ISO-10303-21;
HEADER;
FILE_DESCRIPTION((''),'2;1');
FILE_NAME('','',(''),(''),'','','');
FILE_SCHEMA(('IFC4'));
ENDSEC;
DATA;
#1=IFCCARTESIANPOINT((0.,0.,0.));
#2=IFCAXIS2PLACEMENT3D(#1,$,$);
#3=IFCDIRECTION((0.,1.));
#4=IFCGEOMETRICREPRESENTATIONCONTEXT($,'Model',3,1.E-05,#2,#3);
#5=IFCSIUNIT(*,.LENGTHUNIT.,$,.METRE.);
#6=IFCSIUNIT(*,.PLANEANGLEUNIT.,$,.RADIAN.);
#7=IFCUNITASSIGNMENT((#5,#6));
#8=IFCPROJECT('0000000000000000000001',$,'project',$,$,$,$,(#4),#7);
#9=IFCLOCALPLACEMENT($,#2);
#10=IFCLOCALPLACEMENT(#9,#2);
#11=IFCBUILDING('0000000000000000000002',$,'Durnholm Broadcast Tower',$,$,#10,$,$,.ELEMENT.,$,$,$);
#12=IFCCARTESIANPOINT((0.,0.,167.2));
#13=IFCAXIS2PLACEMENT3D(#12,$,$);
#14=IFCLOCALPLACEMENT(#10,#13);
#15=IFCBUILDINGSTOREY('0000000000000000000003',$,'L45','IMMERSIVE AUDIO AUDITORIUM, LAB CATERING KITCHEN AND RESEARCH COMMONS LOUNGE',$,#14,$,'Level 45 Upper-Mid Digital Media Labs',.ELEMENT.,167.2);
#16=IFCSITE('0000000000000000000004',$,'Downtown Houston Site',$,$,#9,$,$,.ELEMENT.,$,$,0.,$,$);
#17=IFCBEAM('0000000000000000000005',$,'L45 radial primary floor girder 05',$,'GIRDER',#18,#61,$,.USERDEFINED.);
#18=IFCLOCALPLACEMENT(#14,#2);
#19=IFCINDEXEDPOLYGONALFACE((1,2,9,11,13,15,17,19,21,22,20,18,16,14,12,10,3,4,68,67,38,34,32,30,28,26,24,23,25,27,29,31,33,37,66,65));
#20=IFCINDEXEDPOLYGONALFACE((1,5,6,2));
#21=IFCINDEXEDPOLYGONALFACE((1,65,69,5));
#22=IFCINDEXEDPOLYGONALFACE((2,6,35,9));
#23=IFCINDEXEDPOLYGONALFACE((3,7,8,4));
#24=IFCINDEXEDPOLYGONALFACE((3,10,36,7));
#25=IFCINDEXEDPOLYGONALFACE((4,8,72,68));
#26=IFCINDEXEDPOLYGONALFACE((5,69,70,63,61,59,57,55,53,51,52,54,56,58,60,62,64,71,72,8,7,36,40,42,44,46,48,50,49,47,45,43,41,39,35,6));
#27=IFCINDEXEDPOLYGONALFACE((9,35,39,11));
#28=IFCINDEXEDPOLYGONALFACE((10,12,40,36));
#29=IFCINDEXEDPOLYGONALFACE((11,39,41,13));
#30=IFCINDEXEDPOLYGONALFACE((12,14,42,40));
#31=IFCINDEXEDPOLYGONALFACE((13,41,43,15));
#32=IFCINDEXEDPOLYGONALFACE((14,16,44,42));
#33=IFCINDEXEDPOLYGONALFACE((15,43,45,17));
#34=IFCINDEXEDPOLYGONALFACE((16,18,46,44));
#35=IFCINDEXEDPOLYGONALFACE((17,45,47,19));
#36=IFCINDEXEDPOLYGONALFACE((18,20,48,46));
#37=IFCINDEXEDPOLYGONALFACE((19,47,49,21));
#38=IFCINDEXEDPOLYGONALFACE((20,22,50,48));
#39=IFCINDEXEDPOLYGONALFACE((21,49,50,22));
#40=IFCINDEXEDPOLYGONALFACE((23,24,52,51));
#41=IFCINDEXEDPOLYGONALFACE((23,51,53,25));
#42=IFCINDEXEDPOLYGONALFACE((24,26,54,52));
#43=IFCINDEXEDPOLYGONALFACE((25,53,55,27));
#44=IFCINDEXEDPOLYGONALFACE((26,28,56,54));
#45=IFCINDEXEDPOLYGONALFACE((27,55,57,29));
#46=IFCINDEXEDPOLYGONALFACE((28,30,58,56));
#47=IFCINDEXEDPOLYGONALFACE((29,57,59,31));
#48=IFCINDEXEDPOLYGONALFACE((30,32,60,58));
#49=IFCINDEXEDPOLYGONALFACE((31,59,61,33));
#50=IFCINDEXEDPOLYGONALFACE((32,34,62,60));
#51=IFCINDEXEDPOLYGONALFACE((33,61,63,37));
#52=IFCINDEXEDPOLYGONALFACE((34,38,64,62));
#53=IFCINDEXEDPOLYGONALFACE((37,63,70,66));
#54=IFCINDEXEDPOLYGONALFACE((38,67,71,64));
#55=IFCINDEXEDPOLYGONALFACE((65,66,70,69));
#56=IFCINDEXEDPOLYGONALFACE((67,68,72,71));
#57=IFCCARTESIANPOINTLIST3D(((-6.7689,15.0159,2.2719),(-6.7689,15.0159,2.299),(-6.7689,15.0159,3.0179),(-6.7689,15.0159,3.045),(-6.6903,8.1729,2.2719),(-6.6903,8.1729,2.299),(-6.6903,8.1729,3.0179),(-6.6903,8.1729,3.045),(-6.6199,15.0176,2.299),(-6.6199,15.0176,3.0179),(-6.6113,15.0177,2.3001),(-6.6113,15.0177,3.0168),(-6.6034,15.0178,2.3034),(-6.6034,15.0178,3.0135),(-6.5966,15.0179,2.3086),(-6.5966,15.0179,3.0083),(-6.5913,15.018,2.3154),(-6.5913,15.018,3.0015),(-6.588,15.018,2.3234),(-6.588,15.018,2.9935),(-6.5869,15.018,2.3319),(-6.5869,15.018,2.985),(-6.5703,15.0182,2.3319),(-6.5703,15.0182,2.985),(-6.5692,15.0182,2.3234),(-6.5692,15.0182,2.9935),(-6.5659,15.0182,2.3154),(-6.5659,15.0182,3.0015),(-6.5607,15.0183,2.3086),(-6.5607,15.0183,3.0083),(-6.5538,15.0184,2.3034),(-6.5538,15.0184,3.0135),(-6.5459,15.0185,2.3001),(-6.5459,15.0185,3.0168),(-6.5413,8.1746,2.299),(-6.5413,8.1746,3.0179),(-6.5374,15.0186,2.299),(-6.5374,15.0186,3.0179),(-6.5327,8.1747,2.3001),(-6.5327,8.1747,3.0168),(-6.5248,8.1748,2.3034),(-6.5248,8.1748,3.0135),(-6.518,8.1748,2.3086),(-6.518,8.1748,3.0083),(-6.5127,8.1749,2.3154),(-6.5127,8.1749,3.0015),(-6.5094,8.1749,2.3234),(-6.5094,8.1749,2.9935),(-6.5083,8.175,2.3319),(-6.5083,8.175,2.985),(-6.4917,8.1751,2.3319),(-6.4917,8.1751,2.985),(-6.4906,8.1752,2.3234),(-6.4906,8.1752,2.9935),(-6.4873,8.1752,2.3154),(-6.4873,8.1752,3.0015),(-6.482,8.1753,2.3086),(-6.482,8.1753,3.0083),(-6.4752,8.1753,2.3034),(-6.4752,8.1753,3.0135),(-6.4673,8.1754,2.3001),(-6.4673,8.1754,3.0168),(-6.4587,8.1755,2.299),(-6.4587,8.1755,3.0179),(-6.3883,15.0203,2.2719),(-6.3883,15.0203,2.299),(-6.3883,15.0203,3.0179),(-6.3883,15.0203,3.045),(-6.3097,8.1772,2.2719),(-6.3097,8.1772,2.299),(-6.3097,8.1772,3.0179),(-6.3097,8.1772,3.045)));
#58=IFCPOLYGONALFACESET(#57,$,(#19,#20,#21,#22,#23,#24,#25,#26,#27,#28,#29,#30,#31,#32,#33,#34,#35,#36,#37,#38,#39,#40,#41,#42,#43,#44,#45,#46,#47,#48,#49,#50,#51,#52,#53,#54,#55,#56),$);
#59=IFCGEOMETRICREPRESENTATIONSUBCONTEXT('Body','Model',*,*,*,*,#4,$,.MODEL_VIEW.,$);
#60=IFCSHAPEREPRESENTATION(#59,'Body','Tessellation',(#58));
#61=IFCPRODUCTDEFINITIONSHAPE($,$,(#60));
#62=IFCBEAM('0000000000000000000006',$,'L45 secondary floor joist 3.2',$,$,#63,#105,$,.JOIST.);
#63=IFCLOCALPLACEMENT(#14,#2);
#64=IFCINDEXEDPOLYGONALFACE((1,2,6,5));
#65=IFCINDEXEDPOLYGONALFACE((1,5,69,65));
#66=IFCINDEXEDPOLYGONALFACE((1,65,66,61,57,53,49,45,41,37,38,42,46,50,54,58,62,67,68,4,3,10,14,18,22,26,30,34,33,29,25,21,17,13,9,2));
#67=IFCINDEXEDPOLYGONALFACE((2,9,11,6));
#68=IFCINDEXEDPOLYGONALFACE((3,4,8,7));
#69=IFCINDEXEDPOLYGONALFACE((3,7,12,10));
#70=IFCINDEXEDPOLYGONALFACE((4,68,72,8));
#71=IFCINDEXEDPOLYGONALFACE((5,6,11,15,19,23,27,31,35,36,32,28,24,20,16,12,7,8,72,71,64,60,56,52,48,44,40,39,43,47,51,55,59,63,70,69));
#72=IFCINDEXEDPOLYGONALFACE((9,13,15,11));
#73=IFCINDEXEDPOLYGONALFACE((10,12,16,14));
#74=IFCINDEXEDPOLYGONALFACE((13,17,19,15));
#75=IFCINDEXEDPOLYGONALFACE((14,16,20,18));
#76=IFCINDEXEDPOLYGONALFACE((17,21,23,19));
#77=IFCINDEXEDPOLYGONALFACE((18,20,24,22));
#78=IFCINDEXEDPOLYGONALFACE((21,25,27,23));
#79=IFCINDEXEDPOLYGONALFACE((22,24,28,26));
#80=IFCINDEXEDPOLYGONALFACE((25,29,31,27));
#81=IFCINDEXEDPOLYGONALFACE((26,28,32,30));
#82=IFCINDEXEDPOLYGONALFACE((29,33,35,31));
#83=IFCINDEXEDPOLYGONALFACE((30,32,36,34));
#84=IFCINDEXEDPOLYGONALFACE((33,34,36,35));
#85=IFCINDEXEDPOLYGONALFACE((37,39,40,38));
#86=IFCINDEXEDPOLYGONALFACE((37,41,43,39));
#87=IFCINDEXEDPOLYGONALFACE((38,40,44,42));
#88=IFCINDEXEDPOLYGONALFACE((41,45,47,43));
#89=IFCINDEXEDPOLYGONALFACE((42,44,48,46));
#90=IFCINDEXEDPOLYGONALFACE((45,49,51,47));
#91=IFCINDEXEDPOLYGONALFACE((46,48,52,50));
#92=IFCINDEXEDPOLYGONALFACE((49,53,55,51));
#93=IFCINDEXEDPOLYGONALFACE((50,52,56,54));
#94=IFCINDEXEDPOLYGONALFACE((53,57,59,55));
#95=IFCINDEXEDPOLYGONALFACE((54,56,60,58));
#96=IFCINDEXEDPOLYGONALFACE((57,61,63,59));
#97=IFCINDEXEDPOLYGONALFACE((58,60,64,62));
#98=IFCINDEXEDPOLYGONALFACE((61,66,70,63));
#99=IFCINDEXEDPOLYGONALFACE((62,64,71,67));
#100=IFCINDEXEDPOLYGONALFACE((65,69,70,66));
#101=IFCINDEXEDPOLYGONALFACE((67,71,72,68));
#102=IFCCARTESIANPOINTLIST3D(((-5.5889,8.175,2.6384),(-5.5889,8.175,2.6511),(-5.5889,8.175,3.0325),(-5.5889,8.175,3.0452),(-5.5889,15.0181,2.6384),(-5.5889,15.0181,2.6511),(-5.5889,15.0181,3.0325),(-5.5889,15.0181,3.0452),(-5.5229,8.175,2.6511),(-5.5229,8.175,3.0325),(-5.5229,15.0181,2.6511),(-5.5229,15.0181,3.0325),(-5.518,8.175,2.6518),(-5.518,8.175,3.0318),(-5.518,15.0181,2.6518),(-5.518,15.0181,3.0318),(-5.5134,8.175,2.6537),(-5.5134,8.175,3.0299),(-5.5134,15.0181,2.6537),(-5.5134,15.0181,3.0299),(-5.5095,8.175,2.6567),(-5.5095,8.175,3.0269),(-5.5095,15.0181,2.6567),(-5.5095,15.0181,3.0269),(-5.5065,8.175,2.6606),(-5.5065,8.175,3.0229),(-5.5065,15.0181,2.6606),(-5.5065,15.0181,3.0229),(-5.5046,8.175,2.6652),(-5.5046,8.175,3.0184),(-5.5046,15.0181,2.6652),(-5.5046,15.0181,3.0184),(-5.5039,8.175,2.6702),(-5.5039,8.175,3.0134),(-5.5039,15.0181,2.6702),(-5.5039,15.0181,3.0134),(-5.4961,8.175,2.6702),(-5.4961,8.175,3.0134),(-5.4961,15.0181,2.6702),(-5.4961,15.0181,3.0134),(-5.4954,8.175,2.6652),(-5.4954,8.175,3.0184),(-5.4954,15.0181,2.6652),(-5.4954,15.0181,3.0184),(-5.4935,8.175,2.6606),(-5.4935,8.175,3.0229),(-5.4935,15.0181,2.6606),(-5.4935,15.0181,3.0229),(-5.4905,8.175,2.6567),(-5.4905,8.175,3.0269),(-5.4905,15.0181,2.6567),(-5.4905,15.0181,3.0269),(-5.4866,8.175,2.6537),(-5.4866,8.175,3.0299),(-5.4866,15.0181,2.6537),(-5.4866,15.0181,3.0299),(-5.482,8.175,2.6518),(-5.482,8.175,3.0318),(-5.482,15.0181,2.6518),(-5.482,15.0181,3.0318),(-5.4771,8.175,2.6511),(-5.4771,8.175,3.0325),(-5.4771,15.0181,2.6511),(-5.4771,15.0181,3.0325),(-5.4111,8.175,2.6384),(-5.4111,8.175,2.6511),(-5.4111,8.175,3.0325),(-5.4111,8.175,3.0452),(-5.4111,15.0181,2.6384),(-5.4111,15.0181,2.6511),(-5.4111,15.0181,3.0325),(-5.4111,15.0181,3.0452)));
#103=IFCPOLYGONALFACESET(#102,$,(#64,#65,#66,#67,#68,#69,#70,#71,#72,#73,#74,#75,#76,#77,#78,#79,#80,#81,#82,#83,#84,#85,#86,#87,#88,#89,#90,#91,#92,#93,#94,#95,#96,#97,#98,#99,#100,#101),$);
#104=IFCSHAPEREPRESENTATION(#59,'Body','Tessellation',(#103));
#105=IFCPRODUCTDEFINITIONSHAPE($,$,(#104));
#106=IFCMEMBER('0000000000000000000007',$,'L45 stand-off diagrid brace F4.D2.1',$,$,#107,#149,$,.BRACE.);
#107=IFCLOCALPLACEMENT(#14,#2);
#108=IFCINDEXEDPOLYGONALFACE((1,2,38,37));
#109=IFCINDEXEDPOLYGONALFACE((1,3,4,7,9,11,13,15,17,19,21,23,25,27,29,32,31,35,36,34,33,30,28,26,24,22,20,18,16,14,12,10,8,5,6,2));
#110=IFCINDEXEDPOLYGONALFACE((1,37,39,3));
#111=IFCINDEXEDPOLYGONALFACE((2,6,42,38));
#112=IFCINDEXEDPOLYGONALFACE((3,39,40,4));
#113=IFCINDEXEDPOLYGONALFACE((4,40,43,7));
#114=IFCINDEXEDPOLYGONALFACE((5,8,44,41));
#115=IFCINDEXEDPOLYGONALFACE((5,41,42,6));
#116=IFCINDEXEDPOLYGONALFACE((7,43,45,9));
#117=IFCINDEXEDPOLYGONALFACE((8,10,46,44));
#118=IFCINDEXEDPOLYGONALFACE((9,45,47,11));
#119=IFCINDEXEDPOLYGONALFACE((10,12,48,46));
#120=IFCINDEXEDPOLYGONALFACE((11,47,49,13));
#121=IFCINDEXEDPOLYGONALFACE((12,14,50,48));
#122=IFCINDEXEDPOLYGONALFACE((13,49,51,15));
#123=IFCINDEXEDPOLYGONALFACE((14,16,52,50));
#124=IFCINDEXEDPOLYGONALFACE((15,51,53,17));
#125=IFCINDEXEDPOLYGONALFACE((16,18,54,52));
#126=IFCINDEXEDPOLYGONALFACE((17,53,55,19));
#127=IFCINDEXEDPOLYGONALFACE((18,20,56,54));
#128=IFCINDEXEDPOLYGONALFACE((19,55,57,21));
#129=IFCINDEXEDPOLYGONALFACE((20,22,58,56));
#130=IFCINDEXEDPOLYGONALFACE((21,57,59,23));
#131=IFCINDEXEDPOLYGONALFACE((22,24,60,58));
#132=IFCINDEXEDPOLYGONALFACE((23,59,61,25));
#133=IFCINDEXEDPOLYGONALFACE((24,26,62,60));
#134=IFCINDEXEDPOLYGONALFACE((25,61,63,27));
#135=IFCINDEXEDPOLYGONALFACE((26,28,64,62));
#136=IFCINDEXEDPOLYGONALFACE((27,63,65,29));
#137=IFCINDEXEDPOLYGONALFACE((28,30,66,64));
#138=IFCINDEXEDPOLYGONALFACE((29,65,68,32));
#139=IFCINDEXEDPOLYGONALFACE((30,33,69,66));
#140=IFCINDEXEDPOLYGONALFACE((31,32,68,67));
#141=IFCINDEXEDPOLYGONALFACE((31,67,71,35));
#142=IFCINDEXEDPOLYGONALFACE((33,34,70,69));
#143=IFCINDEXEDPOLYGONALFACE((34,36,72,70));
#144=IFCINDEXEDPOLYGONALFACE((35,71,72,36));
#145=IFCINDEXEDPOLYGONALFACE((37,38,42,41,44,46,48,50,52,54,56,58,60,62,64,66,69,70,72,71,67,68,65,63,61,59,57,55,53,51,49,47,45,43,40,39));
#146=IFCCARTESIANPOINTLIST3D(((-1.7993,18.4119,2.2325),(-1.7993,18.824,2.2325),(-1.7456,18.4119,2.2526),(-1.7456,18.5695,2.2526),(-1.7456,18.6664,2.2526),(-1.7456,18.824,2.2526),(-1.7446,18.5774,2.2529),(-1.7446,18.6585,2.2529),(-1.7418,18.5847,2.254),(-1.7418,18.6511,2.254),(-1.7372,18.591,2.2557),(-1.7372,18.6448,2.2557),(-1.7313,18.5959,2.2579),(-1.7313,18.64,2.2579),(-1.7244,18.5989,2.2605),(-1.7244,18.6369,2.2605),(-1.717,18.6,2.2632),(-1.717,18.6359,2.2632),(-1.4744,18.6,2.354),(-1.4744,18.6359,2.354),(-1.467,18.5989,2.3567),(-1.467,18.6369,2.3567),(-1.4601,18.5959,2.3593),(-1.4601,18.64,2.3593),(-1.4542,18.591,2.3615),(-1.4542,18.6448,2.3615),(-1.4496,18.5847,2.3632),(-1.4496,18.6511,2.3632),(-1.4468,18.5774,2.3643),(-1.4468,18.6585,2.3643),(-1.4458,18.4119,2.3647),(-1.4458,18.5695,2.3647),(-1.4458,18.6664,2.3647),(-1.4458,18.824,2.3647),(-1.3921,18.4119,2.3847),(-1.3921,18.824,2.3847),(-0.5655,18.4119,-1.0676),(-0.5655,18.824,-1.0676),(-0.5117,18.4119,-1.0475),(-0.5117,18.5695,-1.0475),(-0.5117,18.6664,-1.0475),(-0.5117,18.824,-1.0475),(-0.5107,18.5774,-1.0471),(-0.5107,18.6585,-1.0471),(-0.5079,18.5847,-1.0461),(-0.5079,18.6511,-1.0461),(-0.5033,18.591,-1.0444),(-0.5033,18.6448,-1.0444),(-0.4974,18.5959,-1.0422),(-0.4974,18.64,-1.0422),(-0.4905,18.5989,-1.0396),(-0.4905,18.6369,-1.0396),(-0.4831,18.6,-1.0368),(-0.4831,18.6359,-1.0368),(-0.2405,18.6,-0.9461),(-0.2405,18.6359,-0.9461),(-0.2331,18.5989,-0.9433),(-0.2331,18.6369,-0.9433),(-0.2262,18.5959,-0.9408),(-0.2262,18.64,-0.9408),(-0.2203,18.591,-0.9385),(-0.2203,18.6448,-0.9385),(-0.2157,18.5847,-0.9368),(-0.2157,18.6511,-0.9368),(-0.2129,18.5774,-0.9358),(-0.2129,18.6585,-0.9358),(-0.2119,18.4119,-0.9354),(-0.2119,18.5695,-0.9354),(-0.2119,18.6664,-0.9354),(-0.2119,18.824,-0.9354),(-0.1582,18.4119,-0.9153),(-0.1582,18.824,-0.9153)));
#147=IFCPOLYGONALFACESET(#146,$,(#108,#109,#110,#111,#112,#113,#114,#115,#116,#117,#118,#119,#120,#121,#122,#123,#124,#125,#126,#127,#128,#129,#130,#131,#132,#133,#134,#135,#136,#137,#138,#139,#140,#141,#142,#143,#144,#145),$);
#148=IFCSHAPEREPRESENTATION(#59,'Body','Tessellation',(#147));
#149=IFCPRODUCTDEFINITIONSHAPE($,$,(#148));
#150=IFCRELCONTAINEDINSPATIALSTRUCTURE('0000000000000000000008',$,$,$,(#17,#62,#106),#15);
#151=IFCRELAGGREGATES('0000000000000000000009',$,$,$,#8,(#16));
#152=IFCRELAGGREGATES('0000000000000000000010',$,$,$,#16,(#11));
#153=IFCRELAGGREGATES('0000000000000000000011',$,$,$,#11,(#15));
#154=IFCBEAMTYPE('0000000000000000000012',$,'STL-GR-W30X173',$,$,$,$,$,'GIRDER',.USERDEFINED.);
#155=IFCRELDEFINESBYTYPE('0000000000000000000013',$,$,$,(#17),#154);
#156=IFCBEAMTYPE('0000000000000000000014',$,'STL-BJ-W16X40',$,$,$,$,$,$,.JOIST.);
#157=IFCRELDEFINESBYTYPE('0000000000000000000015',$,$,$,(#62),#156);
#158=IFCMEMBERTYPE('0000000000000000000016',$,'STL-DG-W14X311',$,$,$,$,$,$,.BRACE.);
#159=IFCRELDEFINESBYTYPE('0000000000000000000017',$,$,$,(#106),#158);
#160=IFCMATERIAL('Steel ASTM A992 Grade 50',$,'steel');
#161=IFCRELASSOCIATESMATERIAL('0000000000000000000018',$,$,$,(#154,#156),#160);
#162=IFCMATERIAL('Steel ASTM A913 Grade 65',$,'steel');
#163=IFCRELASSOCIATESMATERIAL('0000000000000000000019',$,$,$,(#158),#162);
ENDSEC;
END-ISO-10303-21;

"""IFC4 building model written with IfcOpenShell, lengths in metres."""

from ifc_helpers import new_model, si_unit, direction, frame, origin, origin_2d, place, context, subcontext, project, spatial, i_section, extrude, source, transform, mapped, material, material_profile, profile_set, type_object, type_shapes, element, save


model = new_model("IFC4")

# Units and contexts
model_context = context("Model", 3, precision=1e-05, world=origin(), true_north=direction((0.0, 1.0)))
body_context = subcontext(model_context, "Body", "Model", "MODEL_VIEW")
ifc_project = project(units=[si_unit("LENGTHUNIT", "METRE"), si_unit("PLANEANGLEUNIT", "RADIAN")], contexts=[model_context])

# Site, building, storey
site_placement = place(None, origin())
site = spatial("IfcSite", under=ifc_project, at=site_placement, Name="Downtown Houston Site", CompositionType="ELEMENT", RefElevation=0.0)
building_placement = place(site_placement, origin())
building = spatial("IfcBuilding", under=site, at=building_placement, Name="Durnholm Broadcast Tower", CompositionType="ELEMENT")
storey_placement = place(building_placement, frame((0.0, 0.0, 167.2)))
storey = spatial("IfcBuildingStorey", under=building, at=storey_placement, Name="L45", Description="IMMERSIVE AUDIO AUDITORIUM, LAB CATERING KITCHEN AND RESEARCH COMMONS LOUNGE", LongName="Level 45 Upper-Mid Digital Media Labs", CompositionType="ELEMENT", Elevation=167.2)

# Beams
ifc_material_1 = material(Name="Steel ASTM A992 Grade 50", Category="steel")
ifc_material_profile_1 = material_profile(ifc_material_1, i_section(OverallWidth=0.3806, OverallDepth=0.7732, WebThickness=0.0166, FlangeThickness=0.0271, FilletRadius=0.033, at=origin_2d()), Name="W30X173")
ifc_profile_set_1 = profile_set([ifc_material_profile_1], Name="Steel ASTM A992 Grade 50")
beam_type_1 = type_object("IfcBeamType", Name="STL-GR-W30X173", ElementType="GIRDER", PredefinedType="USERDEFINED", material=ifc_profile_set_1)
shared_shape_1 = source(origin(), body_context, "Body", "SweptSolid", [
    extrude(i_section(OverallWidth=0.3806, OverallDepth=0.7732, WebThickness=0.0166, FlangeThickness=0.0271, FilletRadius=0.033, at=origin_2d()), origin(), (0.0, 0.0, 1.0), 6.8435),
])
beam_1_placement = place(storey_placement, frame((-6.5, 8.175, 2.6584), z_axis=(-0.011487, 0.999934, 0.0), x_axis=(-0.999934, -0.011487, 0.0)))
element("IfcBeam", 1, at=beam_1_placement, inside=storey, type_object=beam_type_1, Name="L45 radial primary floor girder 05", ObjectType="GIRDER", PredefinedType="USERDEFINED", context=body_context, shape_type="MappedRepresentation", body=[
    mapped(shared_shape_1, transform((0.0, 0.0, 0.0), x_axis=(1.0, 0.0, 0.0), y_axis=(0.0, 1.0, 0.0), z_axis=(0.0, 0.0, 1.0), scale=1.0)),
])
ifc_material_profile_2 = material_profile(ifc_material_1, i_section(OverallWidth=0.1777, OverallDepth=0.4067, WebThickness=0.0078, FlangeThickness=0.0127, FilletRadius=0.019, at=origin_2d()), Name="W16X40")
ifc_profile_set_2 = profile_set([ifc_material_profile_2], Name="Steel ASTM A992 Grade 50")
beam_type_2 = type_object("IfcBeamType", Name="STL-BJ-W16X40", PredefinedType="JOIST", material=ifc_profile_set_2)
shared_shape_2 = source(origin(), body_context, "Body", "SweptSolid", [
    extrude(i_section(OverallWidth=0.1777, OverallDepth=0.4067, WebThickness=0.0078, FlangeThickness=0.0127, FilletRadius=0.019, at=origin_2d()), origin(), (0.0, 0.0, 1.0), 6.843),
])
type_shapes(beam_type_2, [shared_shape_2])
beam_2_placement = place(storey_placement, frame((-5.5, 8.175, 2.8418), z_axis=(0.0, 1.0, 0.0), x_axis=(-1.0, 0.0, 0.0)))
element("IfcBeam", 2, at=beam_2_placement, inside=storey, type_object=beam_type_2, Name="L45 secondary floor joist 3.2", PredefinedType="JOIST", context=body_context, shape_type="MappedRepresentation", body=[
    mapped(shared_shape_2, transform((0.0, 0.0, 0.0), x_axis=(1.0, 0.0, 0.0), y_axis=(0.0, 1.0, 0.0), z_axis=(0.0, 0.0, 1.0), scale=1.0)),
])

# Member
ifc_material_2 = material(Name="Steel ASTM A913 Grade 65", Category="steel")
ifc_material_profile_3 = material_profile(ifc_material_2, i_section(OverallWidth=0.4121, OverallDepth=0.4348, WebThickness=0.0359, FlangeThickness=0.0574, FilletRadius=0.0305, at=origin_2d()), Name="W14X311")
ifc_profile_set_3 = profile_set([ifc_material_profile_3], Name="Steel ASTM A913 Grade 65")
member_type_1 = type_object("IfcMemberType", Name="STL-DG-W14X311", PredefinedType="BRACE", material=ifc_profile_set_3)
shared_shape_3 = source(origin(), body_context, "Body", "SweptSolid", [
    extrude(i_section(OverallWidth=0.4121, OverallDepth=0.4348, WebThickness=0.0359, FlangeThickness=0.0574, FilletRadius=0.0305, at=origin_2d()), origin(), (0.0, 0.0, 1.0), 3.5232),
])
type_shapes(member_type_1, [shared_shape_3])
for number, where, z_axis, x_axis, name in (
    (3, (-0.3618, 18.6179, -0.9915), (-0.35022, 0.0, 0.936668), (0.0, -1.0, 0.0), "L45 stand-off diagrid brace F4.D2.1"),
):
    element("IfcMember", number, at=place(storey_placement, frame(where, z_axis=z_axis, x_axis=x_axis)), inside=storey, type_object=member_type_1, Name=name, PredefinedType="BRACE", context=body_context, shape_type="MappedRepresentation", body=[
        mapped(shared_shape_3, transform((0.0, 0.0, 0.0), x_axis=(1.0, 0.0, 0.0), y_axis=(0.0, 1.0, 0.0), z_axis=(0.0, 0.0, 1.0), scale=1.0)),
    ])

save(model, "model.ifc")
